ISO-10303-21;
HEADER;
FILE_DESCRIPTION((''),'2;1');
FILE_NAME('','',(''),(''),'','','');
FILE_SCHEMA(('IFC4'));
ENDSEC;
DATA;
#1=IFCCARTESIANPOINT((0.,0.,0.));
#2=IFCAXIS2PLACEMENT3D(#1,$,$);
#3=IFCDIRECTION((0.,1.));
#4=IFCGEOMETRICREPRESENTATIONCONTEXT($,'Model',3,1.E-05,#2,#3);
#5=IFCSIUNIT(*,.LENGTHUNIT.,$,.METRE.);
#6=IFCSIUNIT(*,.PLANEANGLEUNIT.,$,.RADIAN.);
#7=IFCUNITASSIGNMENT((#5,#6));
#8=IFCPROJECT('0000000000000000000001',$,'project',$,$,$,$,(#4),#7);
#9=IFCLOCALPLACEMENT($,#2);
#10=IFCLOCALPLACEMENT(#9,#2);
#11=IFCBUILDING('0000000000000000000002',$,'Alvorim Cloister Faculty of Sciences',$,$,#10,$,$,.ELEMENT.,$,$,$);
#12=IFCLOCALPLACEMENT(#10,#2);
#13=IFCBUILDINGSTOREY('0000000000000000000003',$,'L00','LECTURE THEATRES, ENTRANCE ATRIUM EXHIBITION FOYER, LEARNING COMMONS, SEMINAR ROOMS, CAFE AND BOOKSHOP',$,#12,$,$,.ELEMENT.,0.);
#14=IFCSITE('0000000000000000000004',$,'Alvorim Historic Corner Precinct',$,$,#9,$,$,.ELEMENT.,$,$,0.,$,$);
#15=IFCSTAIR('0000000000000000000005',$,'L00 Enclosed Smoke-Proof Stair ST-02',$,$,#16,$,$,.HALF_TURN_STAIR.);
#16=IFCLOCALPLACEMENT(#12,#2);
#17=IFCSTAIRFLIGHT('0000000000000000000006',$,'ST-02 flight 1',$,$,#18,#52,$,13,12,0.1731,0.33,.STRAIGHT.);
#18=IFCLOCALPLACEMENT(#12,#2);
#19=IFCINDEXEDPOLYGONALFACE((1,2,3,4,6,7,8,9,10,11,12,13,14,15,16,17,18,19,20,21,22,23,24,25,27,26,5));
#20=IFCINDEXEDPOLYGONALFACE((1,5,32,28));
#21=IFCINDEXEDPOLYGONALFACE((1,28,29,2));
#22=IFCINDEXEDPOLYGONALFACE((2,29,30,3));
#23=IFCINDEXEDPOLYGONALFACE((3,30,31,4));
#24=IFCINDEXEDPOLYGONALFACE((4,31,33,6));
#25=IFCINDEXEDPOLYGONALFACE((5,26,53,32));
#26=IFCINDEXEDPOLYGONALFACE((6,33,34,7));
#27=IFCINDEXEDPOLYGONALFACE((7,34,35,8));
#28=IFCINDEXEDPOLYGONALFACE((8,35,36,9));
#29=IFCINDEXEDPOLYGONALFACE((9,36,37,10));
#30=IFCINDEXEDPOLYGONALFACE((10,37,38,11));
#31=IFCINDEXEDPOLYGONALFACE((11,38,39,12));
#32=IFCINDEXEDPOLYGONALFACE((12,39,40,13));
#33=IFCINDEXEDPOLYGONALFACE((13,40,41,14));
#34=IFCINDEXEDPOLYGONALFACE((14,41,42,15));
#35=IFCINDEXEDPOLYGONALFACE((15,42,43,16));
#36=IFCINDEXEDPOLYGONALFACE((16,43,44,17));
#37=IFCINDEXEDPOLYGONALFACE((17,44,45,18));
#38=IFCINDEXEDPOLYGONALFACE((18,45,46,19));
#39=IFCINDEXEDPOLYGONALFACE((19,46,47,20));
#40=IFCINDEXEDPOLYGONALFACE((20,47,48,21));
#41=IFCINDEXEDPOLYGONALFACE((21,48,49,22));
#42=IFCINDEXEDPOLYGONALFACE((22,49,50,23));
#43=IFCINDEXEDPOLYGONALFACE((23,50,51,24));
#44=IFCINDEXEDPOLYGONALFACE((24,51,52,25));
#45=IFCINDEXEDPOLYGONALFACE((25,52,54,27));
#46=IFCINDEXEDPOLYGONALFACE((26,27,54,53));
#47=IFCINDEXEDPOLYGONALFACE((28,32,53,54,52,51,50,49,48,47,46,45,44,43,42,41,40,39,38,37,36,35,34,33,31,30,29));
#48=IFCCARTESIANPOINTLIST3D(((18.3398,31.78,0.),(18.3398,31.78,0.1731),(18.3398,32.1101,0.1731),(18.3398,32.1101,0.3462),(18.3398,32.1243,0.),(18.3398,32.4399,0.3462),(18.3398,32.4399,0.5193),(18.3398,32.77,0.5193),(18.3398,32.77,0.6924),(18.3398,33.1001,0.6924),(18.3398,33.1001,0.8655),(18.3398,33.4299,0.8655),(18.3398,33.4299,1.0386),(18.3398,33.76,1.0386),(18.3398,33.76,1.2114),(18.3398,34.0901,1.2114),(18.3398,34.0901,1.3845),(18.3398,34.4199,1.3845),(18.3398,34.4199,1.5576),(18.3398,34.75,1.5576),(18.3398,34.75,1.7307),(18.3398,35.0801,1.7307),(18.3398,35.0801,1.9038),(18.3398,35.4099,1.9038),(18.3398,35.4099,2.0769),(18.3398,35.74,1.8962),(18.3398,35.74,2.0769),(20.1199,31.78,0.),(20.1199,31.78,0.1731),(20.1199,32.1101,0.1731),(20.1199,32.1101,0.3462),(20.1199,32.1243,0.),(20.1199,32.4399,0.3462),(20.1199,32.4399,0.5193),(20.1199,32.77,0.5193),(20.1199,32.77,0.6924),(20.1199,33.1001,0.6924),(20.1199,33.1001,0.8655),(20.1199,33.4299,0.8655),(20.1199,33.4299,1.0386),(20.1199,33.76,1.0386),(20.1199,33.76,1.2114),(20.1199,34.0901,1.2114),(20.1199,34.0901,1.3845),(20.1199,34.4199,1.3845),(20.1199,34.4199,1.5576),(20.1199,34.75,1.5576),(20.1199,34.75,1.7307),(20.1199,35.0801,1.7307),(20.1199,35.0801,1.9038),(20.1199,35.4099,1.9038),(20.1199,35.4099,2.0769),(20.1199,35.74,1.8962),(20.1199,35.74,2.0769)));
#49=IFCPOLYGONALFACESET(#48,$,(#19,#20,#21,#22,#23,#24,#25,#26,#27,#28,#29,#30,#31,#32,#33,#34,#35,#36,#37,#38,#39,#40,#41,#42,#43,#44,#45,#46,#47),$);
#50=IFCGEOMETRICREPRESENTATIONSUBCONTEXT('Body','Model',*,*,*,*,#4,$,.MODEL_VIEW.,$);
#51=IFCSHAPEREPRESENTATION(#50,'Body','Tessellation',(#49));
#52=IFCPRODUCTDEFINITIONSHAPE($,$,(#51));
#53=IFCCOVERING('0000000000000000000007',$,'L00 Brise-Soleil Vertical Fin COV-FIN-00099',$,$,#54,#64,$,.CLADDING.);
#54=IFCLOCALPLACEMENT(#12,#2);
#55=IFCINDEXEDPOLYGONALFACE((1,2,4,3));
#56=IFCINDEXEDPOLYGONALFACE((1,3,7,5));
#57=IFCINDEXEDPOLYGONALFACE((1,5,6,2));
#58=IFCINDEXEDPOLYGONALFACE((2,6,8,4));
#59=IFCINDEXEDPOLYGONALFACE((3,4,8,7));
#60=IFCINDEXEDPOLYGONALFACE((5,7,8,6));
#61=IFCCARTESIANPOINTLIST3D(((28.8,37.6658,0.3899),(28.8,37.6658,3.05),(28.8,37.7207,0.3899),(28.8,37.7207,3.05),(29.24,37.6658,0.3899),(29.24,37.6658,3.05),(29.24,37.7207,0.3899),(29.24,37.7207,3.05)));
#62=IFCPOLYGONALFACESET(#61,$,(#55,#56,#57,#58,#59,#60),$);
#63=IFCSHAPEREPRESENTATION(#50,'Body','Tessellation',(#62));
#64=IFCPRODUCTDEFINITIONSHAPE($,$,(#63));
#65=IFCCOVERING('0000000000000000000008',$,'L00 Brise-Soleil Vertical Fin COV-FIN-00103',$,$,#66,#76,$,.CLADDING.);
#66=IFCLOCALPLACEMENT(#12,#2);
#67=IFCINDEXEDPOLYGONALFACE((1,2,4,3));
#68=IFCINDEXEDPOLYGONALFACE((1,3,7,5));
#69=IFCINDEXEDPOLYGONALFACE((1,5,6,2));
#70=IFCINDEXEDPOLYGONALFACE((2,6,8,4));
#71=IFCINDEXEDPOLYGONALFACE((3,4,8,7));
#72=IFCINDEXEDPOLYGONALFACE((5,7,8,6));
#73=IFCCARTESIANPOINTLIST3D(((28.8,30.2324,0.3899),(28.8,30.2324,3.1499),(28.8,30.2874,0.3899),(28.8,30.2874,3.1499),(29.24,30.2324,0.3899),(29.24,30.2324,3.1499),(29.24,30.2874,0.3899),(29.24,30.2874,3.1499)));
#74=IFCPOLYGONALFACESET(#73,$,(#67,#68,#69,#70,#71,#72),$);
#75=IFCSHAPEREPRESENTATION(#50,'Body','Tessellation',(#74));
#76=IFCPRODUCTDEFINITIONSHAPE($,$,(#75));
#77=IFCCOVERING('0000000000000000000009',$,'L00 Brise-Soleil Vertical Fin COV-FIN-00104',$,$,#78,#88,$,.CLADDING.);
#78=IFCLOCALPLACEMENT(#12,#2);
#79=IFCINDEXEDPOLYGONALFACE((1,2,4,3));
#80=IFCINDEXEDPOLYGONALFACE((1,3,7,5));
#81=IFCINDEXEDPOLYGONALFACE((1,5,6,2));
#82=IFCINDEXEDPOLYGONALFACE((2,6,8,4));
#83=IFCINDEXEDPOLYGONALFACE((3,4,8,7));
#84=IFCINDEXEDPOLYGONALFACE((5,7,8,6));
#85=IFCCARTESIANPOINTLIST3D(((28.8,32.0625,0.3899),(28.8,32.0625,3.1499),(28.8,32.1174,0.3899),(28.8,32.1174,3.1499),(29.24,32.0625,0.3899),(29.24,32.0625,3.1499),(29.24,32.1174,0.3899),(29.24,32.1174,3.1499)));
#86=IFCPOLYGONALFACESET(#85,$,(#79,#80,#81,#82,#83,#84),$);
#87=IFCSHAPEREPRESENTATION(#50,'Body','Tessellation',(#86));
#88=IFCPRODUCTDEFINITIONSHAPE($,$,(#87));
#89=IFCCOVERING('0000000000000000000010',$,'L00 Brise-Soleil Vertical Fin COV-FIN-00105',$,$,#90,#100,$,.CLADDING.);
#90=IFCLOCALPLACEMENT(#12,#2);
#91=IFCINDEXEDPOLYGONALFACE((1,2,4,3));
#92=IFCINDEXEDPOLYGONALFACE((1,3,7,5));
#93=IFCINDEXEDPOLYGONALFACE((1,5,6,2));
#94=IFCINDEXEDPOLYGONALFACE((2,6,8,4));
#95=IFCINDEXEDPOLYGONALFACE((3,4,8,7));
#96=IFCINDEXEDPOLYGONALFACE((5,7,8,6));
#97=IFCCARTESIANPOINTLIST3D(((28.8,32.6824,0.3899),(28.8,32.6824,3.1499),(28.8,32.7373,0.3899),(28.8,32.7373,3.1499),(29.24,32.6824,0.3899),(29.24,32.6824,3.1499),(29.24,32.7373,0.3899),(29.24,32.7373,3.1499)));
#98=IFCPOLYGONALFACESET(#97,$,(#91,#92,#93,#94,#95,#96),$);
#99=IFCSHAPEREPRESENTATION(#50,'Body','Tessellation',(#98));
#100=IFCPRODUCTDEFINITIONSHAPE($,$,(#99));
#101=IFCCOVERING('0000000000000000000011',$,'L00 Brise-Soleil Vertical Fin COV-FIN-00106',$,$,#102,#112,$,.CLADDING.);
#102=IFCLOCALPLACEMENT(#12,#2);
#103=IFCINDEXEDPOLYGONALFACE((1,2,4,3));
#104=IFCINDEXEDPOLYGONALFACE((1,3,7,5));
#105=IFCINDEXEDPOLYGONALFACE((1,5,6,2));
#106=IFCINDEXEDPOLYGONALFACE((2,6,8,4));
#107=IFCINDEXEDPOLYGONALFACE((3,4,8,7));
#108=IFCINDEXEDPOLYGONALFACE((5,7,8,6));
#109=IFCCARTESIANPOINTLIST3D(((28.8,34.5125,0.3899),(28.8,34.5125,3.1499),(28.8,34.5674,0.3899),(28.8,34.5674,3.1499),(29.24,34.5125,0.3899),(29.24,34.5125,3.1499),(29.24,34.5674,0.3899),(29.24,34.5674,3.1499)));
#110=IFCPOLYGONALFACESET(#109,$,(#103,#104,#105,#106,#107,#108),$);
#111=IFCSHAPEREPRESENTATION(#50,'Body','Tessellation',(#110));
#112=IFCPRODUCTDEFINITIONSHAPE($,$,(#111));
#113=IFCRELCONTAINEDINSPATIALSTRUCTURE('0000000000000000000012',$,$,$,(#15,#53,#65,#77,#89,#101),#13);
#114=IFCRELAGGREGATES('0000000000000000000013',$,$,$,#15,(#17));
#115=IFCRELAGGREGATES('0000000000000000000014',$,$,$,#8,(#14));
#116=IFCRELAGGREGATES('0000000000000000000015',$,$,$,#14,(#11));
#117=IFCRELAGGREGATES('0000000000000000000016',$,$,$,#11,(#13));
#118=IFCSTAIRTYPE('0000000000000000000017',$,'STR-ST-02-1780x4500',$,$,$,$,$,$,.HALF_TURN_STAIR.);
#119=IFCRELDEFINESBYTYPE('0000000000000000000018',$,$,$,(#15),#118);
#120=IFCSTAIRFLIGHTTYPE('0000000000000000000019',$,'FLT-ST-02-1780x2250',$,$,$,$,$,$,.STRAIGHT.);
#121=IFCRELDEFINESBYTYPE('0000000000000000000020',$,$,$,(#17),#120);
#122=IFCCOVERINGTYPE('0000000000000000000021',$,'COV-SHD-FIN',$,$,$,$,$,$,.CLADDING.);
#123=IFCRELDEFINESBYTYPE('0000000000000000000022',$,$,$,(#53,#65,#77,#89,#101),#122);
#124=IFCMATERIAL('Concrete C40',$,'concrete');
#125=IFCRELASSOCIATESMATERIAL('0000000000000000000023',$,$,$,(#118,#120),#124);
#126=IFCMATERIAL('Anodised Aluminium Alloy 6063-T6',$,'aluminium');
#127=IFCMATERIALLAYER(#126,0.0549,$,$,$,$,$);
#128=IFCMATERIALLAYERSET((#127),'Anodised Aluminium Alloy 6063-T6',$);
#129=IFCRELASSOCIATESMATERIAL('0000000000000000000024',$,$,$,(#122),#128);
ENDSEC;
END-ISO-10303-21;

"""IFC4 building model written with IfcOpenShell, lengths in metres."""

from ifc_helpers import new_model, si_unit, direction, frame, origin, place, context, subcontext, project, spatial, polyline, outline, extrude, material, layer, layer_set, type_object, element, aggregate, save


model = new_model("IFC4")

# Units and contexts
model_context = context("Model", 3, precision=1e-05, world=origin(), true_north=direction((0.0, 1.0)))
body_context = subcontext(model_context, "Body", "Model", "MODEL_VIEW")
ifc_project = project(units=[si_unit("LENGTHUNIT", "METRE"), si_unit("PLANEANGLEUNIT", "RADIAN")], contexts=[model_context])

# Site, building, storey
site_placement = place(None, origin())
site = spatial("IfcSite", under=ifc_project, at=site_placement, Name="Alvorim Historic Corner Precinct", CompositionType="ELEMENT", RefElevation=0.0)
building_placement = place(site_placement, origin())
building = spatial("IfcBuilding", under=site, at=building_placement, Name="Alvorim Cloister Faculty of Sciences", CompositionType="ELEMENT")
storey_placement = place(building_placement, origin())
storey = spatial("IfcBuildingStorey", under=building, at=storey_placement, Name="L00", Description="LECTURE THEATRES, ENTRANCE ATRIUM EXHIBITION FOYER, LEARNING COMMONS, SEMINAR ROOMS, CAFE AND BOOKSHOP", CompositionType="ELEMENT", Elevation=0.0)

# Shared definitions
ifc_material_1 = material(Name="Concrete C40", Category="concrete")

# Stair, stair flight
stair_type = type_object("IfcStairType", Name="STR-ST-02-1780x4500", PredefinedType="HALF_TURN_STAIR", material=ifc_material_1)
stair_placement = place(storey_placement, origin())
stair = element("IfcStair", 1, at=stair_placement, inside=storey, type_object=stair_type, Name="L00 Enclosed Smoke-Proof Stair ST-02", PredefinedType="HALF_TURN_STAIR")
stair_flight_type = type_object("IfcStairFlightType", Name="FLT-ST-02-1780x2250", PredefinedType="STRAIGHT", material=ifc_material_1)
stair_flight_placement = place(storey_placement, frame((19.23, 31.78, 0.0), z_axis=(0.0, 0.0, 1.0), x_axis=(0.0, 1.0, 0.0)))
stair_flight = element("IfcStairFlight", 2, at=stair_flight_placement, type_object=stair_flight_type, Name="ST-02 flight 1", NumberOfRisers=13, NumberOfTreads=12, PredefinedType="STRAIGHT", RiserHeight=0.1731, TreadLength=0.33, context=body_context, shape_type="SweptSolid", body=[
    extrude(outline(polyline([(0.3442, 0.0), (3.96, 1.8962), (3.96, 2.25), (3.96, 2.0769), (3.6299, 2.0769), (3.6299, 1.9038), (3.3, 1.9038), (3.3, 1.7307), (2.97, 1.7307), (2.97, 1.5576), (2.6399, 1.5576), (2.6399, 1.3845), (2.3101, 1.3845), (2.3101, 1.2114), (1.98, 1.2114), (1.98, 1.0386), (1.6499, 1.0386), (1.6499, 0.8655), (1.3201, 0.8655), (1.3201, 0.6924), (0.99, 0.6924), (0.99, 0.5193), (0.6599, 0.5193), (0.6599, 0.3462), (0.3301, 0.3462), (0.3301, 0.1731), (0.0, 0.1731), (0.0, 0.0), (0.3442, 0.0)])), frame((0.0, 0.8901, 0.0), z_axis=(0.0, -1.0, 0.0), x_axis=(1.0, 0.0, 0.0)), (0.0, 0.0, 1.0), 1.78),
])
aggregate(stair, [stair_flight])

# Coverings
ifc_material_2 = material(Name="Anodised Aluminium Alloy 6063-T6", Category="aluminium")
ifc_layer_1 = layer(ifc_material_2, 0.0549)
ifc_layer_set_1 = layer_set([ifc_layer_1], Name="Anodised Aluminium Alloy 6063-T6")
covering_type = type_object("IfcCoveringType", Name="COV-SHD-FIN", PredefinedType="CLADDING", material=ifc_layer_set_1)
covering_placement = place(storey_placement, frame((28.8, 37.6934, 0.3899), z_axis=(0.0, 0.0, 1.0), x_axis=(1.0, 0.0, 0.0)))
element("IfcCovering", 3, at=covering_placement, inside=storey, type_object=covering_type, Name="L00 Brise-Soleil Vertical Fin COV-FIN-00099", PredefinedType="CLADDING", context=body_context, shape_type="SweptSolid", body=[
    extrude(outline(polyline([(0.0, 0.0), (0.4399, 0.0), (0.4399, 2.6602), (0.0, 2.6602), (0.0, 0.0)])), frame((0.0, 0.0273, 0.0), z_axis=(0.0, -1.0, 0.0), x_axis=(1.0, 0.0, 0.0)), (0.0, 0.0, 1.0), 0.0549),
])
for number, where, z_axis, x_axis, name in (
    (4, (28.8, 30.26, 0.3899), (0.0, 0.0, 1.0), (1.0, 0.0, 0.0), "L00 Brise-Soleil Vertical Fin COV-FIN-00103"),
    (5, (28.8, 32.0901, 0.3899), (0.0, 0.0, 1.0), (1.0, 0.0, 0.0), "L00 Brise-Soleil Vertical Fin COV-FIN-00104"),
    (6, (28.8, 32.71, 0.3899), (0.0, 0.0, 1.0), (1.0, 0.0, 0.0), "L00 Brise-Soleil Vertical Fin COV-FIN-00105"),
    (7, (28.8, 34.54, 0.3899), (0.0, 0.0, 1.0), (1.0, 0.0, 0.0), "L00 Brise-Soleil Vertical Fin COV-FIN-00106"),
):
    element("IfcCovering", number, at=place(storey_placement, frame(where, z_axis=z_axis, x_axis=x_axis)), inside=storey, type_object=covering_type, Name=name, PredefinedType="CLADDING", context=body_context, shape_type="SweptSolid", body=[
        extrude(outline(polyline([(0.0, 0.0), (0.4399, 0.0), (0.4399, 2.76), (0.0, 2.76), (0.0, 0.0)])), frame((0.0, 0.0273, 0.0), z_axis=(0.0, -1.0, 0.0), x_axis=(1.0, 0.0, 0.0)), (0.0, 0.0, 1.0), 0.0549),
    ])

save(model, "model.ifc")
